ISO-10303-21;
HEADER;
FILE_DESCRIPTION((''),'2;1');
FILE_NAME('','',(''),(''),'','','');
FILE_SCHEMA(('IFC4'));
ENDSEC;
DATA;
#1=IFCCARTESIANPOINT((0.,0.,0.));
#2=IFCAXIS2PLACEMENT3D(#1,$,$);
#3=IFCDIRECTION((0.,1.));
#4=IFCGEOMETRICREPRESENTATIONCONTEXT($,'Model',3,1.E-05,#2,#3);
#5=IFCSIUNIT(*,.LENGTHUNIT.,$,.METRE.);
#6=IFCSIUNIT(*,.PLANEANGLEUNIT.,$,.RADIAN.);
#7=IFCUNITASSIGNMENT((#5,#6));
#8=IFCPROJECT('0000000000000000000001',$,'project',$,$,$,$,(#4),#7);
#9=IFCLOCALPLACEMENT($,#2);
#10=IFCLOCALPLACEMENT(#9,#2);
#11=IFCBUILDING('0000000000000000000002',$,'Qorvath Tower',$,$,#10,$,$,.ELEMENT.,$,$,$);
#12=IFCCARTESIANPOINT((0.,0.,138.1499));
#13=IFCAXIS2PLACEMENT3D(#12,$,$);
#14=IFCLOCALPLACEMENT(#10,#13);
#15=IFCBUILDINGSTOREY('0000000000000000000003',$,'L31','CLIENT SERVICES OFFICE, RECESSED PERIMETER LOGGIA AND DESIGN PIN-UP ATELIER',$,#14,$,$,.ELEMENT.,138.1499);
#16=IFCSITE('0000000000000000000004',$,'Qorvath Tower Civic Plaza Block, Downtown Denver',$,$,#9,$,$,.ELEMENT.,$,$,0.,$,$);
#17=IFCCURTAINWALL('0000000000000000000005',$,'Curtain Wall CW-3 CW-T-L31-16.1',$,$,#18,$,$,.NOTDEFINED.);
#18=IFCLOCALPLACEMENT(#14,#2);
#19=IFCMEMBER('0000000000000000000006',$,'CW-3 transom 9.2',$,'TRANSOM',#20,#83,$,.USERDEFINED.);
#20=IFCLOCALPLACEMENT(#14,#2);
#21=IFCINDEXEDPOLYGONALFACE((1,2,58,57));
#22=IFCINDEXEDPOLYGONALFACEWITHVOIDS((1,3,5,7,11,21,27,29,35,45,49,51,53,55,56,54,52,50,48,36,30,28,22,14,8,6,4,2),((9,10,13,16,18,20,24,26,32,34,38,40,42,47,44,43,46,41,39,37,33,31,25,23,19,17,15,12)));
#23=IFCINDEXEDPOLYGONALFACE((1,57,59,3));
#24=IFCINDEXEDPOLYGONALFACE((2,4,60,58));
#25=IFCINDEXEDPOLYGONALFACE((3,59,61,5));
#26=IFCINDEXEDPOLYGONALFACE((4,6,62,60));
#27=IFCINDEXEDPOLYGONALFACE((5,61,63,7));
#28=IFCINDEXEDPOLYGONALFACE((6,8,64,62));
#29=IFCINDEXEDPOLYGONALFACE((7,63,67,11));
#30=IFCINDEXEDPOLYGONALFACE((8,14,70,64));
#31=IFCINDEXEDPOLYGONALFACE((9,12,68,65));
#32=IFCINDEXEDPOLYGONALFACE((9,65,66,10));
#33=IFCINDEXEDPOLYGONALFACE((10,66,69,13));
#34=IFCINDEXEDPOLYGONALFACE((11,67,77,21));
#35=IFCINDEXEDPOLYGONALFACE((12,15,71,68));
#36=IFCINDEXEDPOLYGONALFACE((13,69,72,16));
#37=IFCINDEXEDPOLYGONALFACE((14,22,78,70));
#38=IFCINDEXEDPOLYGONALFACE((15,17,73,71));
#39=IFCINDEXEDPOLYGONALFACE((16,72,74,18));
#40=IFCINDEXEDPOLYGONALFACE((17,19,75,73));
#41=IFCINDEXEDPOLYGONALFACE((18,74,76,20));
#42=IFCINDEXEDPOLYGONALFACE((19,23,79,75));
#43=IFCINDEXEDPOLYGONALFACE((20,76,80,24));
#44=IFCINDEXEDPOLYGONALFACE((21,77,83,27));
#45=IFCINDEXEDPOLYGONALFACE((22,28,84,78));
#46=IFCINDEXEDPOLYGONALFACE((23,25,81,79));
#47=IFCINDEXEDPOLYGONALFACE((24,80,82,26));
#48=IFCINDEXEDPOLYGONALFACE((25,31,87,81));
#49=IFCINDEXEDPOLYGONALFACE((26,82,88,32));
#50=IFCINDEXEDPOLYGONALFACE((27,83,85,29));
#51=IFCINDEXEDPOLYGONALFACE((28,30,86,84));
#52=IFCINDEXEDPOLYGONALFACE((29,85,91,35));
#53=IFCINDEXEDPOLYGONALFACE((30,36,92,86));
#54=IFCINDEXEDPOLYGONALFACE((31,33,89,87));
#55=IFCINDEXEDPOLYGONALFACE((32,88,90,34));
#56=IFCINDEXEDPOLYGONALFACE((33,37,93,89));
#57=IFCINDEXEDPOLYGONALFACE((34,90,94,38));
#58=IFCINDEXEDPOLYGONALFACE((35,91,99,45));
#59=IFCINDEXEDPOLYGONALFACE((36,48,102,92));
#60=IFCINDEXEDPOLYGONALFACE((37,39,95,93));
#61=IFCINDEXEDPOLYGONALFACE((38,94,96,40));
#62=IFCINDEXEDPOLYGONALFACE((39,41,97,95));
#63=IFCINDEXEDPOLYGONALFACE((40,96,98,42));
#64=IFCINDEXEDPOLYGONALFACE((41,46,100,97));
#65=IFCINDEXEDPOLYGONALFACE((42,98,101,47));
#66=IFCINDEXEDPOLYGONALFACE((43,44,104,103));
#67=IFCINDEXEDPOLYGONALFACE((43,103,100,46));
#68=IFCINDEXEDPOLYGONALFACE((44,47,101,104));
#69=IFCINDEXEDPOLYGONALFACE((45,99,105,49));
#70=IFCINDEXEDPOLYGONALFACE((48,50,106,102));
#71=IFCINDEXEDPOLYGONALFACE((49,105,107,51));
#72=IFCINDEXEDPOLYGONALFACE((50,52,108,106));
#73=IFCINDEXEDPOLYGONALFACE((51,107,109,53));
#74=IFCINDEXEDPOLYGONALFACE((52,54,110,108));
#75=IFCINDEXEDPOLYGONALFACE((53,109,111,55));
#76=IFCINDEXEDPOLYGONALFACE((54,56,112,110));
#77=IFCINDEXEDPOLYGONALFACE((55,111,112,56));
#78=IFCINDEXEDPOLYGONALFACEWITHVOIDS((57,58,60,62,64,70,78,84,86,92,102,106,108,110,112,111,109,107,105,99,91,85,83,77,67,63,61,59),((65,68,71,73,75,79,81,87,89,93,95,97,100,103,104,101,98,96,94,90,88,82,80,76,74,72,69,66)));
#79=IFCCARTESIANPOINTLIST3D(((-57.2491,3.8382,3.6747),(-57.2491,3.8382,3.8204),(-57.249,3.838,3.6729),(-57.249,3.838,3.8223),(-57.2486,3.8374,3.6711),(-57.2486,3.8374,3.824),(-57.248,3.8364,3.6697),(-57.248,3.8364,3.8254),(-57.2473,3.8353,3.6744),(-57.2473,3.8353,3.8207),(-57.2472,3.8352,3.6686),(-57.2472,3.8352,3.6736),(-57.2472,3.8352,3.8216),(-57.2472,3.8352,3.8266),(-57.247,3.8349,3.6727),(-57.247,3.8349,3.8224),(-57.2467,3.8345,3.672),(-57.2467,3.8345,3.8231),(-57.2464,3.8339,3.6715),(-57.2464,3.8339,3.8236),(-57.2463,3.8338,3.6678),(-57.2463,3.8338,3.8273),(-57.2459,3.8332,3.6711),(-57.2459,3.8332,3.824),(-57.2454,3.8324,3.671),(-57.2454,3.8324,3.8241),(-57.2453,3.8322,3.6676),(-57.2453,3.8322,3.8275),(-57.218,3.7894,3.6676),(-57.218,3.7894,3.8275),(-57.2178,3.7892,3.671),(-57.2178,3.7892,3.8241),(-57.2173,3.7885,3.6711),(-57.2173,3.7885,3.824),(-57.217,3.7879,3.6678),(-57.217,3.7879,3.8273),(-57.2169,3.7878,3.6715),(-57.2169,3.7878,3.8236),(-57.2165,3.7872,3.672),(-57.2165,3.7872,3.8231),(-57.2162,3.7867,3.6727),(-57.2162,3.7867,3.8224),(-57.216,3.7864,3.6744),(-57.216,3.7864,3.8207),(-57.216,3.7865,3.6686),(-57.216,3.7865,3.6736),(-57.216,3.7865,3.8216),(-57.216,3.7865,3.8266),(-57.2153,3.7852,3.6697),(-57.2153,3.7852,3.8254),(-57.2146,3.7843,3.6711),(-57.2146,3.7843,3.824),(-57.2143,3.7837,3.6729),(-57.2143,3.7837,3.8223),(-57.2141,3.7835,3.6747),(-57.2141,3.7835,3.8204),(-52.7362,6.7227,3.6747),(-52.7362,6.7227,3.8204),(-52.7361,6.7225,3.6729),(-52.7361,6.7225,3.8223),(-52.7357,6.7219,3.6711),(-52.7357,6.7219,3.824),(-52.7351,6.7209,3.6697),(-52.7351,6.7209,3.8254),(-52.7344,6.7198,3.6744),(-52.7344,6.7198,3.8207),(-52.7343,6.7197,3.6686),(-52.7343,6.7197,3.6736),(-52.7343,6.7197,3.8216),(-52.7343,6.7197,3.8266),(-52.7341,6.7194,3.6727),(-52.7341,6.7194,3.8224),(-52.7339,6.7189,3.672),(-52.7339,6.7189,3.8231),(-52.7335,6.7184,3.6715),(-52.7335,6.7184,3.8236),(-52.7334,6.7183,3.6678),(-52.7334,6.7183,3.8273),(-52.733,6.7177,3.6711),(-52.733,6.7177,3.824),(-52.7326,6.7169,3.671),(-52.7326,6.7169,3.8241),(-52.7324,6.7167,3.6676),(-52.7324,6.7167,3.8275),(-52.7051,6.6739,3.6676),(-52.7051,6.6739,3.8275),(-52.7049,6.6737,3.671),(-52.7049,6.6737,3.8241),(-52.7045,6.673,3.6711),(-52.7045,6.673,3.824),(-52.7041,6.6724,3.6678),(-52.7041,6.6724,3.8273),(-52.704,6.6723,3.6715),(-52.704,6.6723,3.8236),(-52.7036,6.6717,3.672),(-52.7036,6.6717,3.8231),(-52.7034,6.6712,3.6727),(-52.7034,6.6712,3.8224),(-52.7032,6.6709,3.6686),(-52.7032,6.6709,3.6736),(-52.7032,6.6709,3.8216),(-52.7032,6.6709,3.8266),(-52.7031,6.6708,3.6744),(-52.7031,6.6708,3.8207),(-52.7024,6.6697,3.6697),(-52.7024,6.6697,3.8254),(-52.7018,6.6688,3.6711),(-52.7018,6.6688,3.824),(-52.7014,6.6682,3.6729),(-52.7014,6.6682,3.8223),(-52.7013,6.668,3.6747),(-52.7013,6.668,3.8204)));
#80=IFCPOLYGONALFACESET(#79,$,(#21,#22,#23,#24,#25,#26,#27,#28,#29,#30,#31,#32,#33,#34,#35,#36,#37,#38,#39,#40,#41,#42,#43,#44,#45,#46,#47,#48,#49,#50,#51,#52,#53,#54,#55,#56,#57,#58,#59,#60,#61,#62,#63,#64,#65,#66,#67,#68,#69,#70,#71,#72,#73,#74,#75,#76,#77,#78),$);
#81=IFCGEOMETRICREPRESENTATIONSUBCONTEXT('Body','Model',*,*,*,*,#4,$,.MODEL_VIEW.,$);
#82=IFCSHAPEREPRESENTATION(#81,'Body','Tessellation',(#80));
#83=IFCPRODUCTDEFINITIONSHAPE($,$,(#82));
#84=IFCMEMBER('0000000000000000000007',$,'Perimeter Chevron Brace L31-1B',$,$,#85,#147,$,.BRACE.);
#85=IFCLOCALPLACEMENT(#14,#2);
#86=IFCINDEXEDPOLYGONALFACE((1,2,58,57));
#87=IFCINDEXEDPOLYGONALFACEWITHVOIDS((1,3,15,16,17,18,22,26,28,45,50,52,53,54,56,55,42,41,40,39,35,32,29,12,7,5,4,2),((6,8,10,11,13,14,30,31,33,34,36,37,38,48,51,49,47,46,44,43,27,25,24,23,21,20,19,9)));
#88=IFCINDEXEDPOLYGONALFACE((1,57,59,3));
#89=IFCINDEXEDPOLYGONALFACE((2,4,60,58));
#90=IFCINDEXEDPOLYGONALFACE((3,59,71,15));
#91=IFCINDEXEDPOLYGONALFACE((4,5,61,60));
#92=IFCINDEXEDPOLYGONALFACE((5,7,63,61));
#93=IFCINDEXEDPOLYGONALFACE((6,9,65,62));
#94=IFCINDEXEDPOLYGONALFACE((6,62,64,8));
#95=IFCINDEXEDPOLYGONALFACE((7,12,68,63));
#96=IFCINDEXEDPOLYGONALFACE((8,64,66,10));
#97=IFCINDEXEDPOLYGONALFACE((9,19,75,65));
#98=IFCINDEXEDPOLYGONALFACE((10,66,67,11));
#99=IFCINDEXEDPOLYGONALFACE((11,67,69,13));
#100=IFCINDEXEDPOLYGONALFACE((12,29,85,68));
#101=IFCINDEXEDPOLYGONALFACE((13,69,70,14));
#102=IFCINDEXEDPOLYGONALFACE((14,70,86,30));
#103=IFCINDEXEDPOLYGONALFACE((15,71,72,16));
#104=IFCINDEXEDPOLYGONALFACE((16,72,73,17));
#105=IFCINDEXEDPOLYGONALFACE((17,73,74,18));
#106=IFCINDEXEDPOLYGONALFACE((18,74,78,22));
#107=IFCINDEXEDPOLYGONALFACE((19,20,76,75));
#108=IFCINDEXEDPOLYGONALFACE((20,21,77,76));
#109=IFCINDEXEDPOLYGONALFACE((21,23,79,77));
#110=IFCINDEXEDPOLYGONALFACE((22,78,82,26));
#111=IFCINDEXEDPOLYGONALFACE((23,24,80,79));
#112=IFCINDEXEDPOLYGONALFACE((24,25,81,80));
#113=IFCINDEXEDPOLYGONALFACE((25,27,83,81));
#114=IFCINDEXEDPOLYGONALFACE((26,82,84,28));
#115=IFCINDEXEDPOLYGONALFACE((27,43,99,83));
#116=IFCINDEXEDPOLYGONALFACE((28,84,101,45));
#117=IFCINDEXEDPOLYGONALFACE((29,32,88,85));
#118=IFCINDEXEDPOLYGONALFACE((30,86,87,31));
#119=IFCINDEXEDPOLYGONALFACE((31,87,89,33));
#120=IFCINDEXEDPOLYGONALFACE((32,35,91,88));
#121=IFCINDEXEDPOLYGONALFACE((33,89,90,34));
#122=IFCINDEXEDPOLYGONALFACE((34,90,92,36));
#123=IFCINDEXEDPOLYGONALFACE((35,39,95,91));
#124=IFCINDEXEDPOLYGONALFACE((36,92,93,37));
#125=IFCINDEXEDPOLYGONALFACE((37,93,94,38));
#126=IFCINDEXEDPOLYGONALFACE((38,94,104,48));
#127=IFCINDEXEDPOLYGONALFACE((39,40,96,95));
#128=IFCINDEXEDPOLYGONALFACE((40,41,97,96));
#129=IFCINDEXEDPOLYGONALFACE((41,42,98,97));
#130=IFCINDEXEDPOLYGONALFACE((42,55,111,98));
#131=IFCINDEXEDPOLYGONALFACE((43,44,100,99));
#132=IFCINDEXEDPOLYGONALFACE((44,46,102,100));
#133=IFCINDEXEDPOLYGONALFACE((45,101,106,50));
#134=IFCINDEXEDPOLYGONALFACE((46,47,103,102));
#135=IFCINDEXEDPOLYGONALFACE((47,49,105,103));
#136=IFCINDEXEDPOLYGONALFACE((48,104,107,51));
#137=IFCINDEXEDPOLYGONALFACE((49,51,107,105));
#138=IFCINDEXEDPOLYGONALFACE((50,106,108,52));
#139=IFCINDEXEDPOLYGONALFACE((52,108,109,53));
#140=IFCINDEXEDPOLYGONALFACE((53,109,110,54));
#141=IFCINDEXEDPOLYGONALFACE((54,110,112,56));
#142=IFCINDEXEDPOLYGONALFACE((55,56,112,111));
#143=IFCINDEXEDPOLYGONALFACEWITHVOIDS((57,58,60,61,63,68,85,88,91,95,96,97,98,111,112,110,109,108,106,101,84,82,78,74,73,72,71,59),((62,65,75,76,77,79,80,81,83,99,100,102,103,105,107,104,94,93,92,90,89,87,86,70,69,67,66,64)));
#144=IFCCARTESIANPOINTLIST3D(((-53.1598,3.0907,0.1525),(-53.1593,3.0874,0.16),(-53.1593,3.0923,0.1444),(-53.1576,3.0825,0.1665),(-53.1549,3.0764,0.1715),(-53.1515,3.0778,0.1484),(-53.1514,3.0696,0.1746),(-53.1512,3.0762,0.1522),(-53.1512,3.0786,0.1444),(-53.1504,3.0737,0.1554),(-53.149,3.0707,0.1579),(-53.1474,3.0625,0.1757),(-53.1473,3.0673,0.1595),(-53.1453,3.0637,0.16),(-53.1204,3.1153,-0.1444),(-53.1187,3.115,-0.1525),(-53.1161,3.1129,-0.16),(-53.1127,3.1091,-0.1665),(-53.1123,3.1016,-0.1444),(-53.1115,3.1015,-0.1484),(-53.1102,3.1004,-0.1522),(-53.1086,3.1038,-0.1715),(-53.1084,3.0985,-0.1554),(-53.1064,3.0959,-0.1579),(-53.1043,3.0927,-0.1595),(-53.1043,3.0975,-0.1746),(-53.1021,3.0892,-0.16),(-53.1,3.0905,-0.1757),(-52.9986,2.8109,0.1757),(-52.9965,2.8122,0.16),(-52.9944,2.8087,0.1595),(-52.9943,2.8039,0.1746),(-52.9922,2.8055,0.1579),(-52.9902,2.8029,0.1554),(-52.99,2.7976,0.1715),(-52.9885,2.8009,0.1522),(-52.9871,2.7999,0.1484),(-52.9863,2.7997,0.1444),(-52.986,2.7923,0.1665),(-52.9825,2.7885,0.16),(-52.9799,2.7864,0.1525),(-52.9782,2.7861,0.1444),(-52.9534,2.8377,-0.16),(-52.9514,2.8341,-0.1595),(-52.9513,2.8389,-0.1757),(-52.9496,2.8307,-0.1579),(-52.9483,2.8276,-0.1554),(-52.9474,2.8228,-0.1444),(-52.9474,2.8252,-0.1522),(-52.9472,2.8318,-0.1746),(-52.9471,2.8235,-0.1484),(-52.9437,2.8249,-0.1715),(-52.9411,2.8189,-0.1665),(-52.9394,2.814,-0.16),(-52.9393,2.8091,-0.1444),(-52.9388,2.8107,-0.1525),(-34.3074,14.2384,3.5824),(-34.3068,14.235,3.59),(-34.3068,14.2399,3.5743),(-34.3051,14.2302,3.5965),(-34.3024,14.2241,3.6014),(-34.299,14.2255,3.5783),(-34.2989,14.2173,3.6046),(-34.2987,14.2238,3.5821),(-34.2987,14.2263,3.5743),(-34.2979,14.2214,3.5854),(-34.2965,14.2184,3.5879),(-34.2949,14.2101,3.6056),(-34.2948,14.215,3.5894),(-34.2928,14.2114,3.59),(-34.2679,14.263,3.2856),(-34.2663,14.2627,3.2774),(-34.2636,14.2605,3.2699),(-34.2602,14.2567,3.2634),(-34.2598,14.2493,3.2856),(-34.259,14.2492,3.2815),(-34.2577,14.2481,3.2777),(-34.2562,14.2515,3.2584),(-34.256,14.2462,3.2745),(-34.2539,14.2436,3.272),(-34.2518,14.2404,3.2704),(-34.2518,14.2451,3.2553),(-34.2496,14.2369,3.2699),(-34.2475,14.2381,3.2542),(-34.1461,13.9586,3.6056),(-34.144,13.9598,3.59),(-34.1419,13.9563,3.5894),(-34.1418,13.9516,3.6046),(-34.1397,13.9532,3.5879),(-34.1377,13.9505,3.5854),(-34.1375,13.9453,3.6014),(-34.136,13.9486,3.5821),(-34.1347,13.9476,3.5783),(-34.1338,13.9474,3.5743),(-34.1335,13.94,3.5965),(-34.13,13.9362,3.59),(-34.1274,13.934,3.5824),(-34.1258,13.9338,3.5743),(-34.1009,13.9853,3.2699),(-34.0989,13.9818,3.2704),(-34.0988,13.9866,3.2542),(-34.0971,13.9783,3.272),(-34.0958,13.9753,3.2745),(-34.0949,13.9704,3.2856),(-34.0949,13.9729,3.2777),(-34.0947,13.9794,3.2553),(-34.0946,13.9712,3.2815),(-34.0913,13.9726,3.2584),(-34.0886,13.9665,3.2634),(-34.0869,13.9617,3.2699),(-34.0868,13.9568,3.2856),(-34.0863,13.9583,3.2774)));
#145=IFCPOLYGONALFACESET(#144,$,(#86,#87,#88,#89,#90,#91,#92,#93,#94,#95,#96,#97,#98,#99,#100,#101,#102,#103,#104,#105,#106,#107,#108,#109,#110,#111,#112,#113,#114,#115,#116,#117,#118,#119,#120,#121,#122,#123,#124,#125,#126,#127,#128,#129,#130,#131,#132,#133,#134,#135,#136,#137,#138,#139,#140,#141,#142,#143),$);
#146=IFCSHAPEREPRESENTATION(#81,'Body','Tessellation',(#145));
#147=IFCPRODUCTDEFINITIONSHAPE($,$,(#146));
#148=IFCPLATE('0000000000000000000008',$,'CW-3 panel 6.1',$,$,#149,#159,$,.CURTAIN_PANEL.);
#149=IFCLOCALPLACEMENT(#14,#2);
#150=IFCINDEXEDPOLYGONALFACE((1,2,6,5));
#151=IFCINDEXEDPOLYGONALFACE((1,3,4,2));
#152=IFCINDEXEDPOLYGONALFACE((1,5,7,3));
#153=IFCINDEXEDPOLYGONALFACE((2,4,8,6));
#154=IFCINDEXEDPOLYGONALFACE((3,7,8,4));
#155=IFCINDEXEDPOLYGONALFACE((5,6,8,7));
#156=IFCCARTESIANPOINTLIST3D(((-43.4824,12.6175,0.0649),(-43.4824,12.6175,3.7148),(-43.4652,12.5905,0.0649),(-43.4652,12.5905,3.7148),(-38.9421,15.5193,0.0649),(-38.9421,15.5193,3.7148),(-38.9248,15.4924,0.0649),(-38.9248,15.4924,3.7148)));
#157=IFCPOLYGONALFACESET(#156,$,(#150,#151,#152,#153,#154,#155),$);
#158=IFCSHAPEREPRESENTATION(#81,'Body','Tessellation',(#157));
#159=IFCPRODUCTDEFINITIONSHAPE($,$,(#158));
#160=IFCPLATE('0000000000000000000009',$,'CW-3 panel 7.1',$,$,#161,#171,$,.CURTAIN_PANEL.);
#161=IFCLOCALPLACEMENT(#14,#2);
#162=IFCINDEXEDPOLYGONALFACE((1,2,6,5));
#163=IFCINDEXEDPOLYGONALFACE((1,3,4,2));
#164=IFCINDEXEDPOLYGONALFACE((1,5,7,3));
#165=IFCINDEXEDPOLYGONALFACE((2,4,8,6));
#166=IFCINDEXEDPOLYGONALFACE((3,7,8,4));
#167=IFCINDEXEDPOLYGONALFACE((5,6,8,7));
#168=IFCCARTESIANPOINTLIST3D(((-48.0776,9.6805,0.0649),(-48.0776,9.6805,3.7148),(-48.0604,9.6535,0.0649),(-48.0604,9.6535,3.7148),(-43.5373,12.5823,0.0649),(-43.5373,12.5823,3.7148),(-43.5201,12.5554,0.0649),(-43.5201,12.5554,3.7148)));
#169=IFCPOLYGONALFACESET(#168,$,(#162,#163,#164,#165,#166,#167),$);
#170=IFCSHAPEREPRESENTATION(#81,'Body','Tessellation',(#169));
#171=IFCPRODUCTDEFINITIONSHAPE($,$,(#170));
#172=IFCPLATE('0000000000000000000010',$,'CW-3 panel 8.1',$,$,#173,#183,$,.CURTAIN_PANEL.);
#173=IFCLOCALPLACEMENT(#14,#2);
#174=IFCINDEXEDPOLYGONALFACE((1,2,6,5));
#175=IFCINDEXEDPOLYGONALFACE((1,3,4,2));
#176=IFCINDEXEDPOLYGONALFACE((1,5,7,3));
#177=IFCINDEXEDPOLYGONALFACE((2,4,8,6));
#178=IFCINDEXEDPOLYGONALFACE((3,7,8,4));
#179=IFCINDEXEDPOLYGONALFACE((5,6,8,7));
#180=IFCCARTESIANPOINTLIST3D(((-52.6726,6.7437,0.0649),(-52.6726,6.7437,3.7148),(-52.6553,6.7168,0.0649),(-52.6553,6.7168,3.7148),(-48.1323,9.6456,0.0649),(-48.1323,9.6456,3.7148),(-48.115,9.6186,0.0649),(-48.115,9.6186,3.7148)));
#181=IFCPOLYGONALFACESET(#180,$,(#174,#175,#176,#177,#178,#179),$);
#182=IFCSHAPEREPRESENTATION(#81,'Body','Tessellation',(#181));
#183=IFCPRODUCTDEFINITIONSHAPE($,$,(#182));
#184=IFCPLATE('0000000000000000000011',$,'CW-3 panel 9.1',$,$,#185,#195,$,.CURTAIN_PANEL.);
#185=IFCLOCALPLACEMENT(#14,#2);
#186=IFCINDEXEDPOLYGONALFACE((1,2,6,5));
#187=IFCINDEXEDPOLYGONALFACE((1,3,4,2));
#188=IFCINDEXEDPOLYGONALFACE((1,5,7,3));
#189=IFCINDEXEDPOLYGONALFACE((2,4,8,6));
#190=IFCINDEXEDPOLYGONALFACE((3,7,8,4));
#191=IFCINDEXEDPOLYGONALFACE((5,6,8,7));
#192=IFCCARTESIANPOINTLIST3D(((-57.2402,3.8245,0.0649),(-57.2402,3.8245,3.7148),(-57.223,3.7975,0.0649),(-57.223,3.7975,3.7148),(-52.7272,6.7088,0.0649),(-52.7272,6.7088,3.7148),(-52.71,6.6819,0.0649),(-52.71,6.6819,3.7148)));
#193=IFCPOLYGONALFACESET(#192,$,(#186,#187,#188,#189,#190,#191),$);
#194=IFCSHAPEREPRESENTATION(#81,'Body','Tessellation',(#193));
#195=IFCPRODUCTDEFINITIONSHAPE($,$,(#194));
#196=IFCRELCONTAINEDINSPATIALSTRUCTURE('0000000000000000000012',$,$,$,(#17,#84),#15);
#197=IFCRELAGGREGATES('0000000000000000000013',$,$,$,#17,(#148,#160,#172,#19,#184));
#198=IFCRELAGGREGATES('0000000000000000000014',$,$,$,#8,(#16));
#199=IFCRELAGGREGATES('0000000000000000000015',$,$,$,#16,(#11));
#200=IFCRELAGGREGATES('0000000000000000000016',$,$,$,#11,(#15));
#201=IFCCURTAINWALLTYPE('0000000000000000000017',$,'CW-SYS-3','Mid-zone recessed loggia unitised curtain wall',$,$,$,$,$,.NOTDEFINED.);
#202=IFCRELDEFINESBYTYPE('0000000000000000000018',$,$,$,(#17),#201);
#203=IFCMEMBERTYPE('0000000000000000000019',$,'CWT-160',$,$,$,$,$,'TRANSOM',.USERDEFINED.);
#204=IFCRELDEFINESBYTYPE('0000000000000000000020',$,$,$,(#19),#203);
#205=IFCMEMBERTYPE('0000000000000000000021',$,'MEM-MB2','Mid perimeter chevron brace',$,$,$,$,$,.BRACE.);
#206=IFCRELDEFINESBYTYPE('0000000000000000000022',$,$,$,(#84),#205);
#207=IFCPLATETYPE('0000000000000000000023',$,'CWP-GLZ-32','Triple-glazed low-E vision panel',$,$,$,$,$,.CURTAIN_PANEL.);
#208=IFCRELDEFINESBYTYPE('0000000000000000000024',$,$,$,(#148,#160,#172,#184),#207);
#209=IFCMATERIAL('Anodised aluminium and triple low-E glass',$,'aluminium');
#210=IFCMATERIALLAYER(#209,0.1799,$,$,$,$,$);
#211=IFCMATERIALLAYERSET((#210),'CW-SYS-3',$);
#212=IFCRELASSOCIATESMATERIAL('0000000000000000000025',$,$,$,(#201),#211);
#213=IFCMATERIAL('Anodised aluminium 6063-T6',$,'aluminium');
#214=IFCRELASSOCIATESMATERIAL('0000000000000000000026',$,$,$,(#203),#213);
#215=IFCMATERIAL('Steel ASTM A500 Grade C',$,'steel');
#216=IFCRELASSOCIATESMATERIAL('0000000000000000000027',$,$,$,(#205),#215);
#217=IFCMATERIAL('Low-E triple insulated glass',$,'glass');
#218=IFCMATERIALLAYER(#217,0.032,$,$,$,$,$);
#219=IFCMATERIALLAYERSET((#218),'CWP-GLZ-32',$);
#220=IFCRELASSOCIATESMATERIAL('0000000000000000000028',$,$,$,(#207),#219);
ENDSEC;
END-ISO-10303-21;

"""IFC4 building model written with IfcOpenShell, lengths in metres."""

from ifc_helpers import new_model, si_unit, direction, frame, origin, origin_2d, place, context, subcontext, project, spatial, rectangle, hollow_rectangle, extrude, material, layer, layer_set, material_profile, profile_set, type_object, element, aggregate, save


model = new_model("IFC4")

# Units and contexts
model_context = context("Model", 3, precision=1e-05, world=origin(), true_north=direction((0.0, 1.0)))
body_context = subcontext(model_context, "Body", "Model", "MODEL_VIEW")
ifc_project = project(units=[si_unit("LENGTHUNIT", "METRE"), si_unit("PLANEANGLEUNIT", "RADIAN")], contexts=[model_context])

# Site, building, storey
site_placement = place(None, origin())
site = spatial("IfcSite", under=ifc_project, at=site_placement, Name="Qorvath Tower Civic Plaza Block, Downtown Denver", CompositionType="ELEMENT", RefElevation=0.0)
building_placement = place(site_placement, origin())
building = spatial("IfcBuilding", under=site, at=building_placement, Name="Qorvath Tower", CompositionType="ELEMENT")
storey_placement = place(building_placement, frame((0.0, 0.0, 138.1499)))
storey = spatial("IfcBuildingStorey", under=building, at=storey_placement, Name="L31", Description="CLIENT SERVICES OFFICE, RECESSED PERIMETER LOGGIA AND DESIGN PIN-UP ATELIER", CompositionType="ELEMENT", Elevation=138.1499)

# Curtain wall, member
ifc_material_1 = material(Name="Anodised aluminium and triple low-E glass", Category="aluminium")
ifc_layer_1 = layer(ifc_material_1, 0.1799)
ifc_layer_set_1 = layer_set([ifc_layer_1], Name="CW-SYS-3")
curtain_wall_type = type_object("IfcCurtainWallType", Name="CW-SYS-3", Description="Mid-zone recessed loggia unitised curtain wall", PredefinedType="NOTDEFINED", material=ifc_layer_set_1)
curtain_wall_placement = place(storey_placement, origin())
curtain_wall = element("IfcCurtainWall", 1, at=curtain_wall_placement, inside=storey, type_object=curtain_wall_type, Name="Curtain Wall CW-3 CW-T-L31-16.1", PredefinedType="NOTDEFINED")
ifc_material_2 = material(Name="Anodised aluminium 6063-T6", Category="aluminium")
ifc_material_profile_1 = material_profile(ifc_material_2, hollow_rectangle(XDim=0.0649, YDim=0.1599, WallThickness=0.0034, InnerFilletRadius=0.0034, OuterFilletRadius=0.0071, at=origin_2d()), Name="CWT 160x65")
ifc_profile_set_1 = profile_set([ifc_material_profile_1], Name="Anodised aluminium 6063-T6")
member_type_1 = type_object("IfcMemberType", Name="CWT-160", ElementType="TRANSOM", PredefinedType="USERDEFINED", material=ifc_profile_set_1)
member_1_placement = place(storey_placement, frame((-52.7188, 6.6953, 3.7476), z_axis=(-0.84259, -0.538556, 0.0), x_axis=(0.538556, -0.84259, 0.0)))
member_1 = element("IfcMember", 2, at=member_1_placement, type_object=member_type_1, Name="CW-3 transom 9.2", ObjectType="TRANSOM", PredefinedType="USERDEFINED", context=body_context, shape_type="SweptSolid", body=[
    extrude(hollow_rectangle(XDim=0.0649, YDim=0.1599, WallThickness=0.0034, InnerFilletRadius=0.0034, OuterFilletRadius=0.0071, at=origin_2d()), origin(), (0.0, 0.0, 1.0), 5.356),
])

# Member
ifc_material_3 = material(Name="Steel ASTM A500 Grade C", Category="steel")
ifc_material_profile_2 = material_profile(ifc_material_3, hollow_rectangle(XDim=0.3557, YDim=0.3557, WallThickness=0.0159, InnerFilletRadius=0.0159, OuterFilletRadius=0.0317, at=origin_2d()), Name="HSS 356x356x16")
ifc_profile_set_2 = profile_set([ifc_material_profile_2], Name="Steel ASTM A500 Grade C")
member_type_2 = type_object("IfcMemberType", Name="MEM-MB2", Description="Mid perimeter chevron brace", PredefinedType="BRACE", material=ifc_profile_set_2)
member_2_placement = place(storey_placement, frame((-53.0493, 2.9507, 0.0), z_axis=(0.85041, 0.502856, 0.154719), x_axis=(-0.508985, 0.860775, 0.0)))
element("IfcMember", 3, at=member_2_placement, inside=storey, type_object=member_type_2, Name="Perimeter Chevron Brace L31-1B", PredefinedType="BRACE", context=body_context, shape_type="SweptSolid", body=[
    extrude(hollow_rectangle(XDim=0.3557, YDim=0.3557, WallThickness=0.0159, InnerFilletRadius=0.0159, OuterFilletRadius=0.0317, at=origin_2d()), origin(), (0.0, 0.0, 1.0), 22.1687),
])

# Plates
ifc_material_4 = material(Name="Low-E triple insulated glass", Category="glass")
ifc_layer_2 = layer(ifc_material_4, 0.032)
ifc_layer_set_2 = layer_set([ifc_layer_2], Name="CWP-GLZ-32")
plate_type_1 = type_object("IfcPlateType", Name="CWP-GLZ-32", Description="Triple-glazed low-E vision panel", PredefinedType="CURTAIN_PANEL", material=ifc_layer_set_2)
plate_1_placement = place(storey_placement, frame((-41.2036, 14.0549, 0.0649), z_axis=(0.0, 0.0, 1.0), x_axis=(-0.842604, -0.538534, 0.0)))
plate_1 = element("IfcPlate", 4, at=plate_1_placement, type_object=plate_type_1, Name="CW-3 panel 6.1", PredefinedType="CURTAIN_PANEL", context=body_context, shape_type="SweptSolid", body=[
    extrude(rectangle(XDim=5.3884, YDim=0.032, at=origin_2d()), origin(), (0.0, 0.0, 1.0), 3.6499),
])
plate_2_placement = place(storey_placement, frame((-45.7988, 11.1179, 0.0649), z_axis=(0.0, 0.0, 1.0), x_axis=(-0.842604, -0.538534, 0.0)))
plate_2 = element("IfcPlate", 5, at=plate_2_placement, type_object=plate_type_1, Name="CW-3 panel 7.1", PredefinedType="CURTAIN_PANEL", context=body_context, shape_type="SweptSolid", body=[
    extrude(rectangle(XDim=5.3884, YDim=0.032, at=origin_2d()), origin(), (0.0, 0.0, 1.0), 3.6499),
])
plate_3_placement = place(storey_placement, frame((-50.3938, 8.1812, 0.0649), z_axis=(0.0, 0.0, 1.0), x_axis=(-0.842604, -0.538534, 0.0)))
plate_3 = element("IfcPlate", 6, at=plate_3_placement, type_object=plate_type_1, Name="CW-3 panel 8.1", PredefinedType="CURTAIN_PANEL", context=body_context, shape_type="SweptSolid", body=[
    extrude(rectangle(XDim=5.3884, YDim=0.032, at=origin_2d()), origin(), (0.0, 0.0, 1.0), 3.6499),
])
plate_4_placement = place(storey_placement, frame((-54.9751, 5.2532, 0.0649), z_axis=(0.0, 0.0, 1.0), x_axis=(-0.842604, -0.538534, 0.0)))
plate_4 = element("IfcPlate", 7, at=plate_4_placement, type_object=plate_type_1, Name="CW-3 panel 9.1", PredefinedType="CURTAIN_PANEL", context=body_context, shape_type="SweptSolid", body=[
    extrude(rectangle(XDim=5.356, YDim=0.032, at=origin_2d()), origin(), (0.0, 0.0, 1.0), 3.6499),
])
aggregate(curtain_wall, [plate_1, plate_2, plate_3, member_1, plate_4])

save(model, "model.ifc")
